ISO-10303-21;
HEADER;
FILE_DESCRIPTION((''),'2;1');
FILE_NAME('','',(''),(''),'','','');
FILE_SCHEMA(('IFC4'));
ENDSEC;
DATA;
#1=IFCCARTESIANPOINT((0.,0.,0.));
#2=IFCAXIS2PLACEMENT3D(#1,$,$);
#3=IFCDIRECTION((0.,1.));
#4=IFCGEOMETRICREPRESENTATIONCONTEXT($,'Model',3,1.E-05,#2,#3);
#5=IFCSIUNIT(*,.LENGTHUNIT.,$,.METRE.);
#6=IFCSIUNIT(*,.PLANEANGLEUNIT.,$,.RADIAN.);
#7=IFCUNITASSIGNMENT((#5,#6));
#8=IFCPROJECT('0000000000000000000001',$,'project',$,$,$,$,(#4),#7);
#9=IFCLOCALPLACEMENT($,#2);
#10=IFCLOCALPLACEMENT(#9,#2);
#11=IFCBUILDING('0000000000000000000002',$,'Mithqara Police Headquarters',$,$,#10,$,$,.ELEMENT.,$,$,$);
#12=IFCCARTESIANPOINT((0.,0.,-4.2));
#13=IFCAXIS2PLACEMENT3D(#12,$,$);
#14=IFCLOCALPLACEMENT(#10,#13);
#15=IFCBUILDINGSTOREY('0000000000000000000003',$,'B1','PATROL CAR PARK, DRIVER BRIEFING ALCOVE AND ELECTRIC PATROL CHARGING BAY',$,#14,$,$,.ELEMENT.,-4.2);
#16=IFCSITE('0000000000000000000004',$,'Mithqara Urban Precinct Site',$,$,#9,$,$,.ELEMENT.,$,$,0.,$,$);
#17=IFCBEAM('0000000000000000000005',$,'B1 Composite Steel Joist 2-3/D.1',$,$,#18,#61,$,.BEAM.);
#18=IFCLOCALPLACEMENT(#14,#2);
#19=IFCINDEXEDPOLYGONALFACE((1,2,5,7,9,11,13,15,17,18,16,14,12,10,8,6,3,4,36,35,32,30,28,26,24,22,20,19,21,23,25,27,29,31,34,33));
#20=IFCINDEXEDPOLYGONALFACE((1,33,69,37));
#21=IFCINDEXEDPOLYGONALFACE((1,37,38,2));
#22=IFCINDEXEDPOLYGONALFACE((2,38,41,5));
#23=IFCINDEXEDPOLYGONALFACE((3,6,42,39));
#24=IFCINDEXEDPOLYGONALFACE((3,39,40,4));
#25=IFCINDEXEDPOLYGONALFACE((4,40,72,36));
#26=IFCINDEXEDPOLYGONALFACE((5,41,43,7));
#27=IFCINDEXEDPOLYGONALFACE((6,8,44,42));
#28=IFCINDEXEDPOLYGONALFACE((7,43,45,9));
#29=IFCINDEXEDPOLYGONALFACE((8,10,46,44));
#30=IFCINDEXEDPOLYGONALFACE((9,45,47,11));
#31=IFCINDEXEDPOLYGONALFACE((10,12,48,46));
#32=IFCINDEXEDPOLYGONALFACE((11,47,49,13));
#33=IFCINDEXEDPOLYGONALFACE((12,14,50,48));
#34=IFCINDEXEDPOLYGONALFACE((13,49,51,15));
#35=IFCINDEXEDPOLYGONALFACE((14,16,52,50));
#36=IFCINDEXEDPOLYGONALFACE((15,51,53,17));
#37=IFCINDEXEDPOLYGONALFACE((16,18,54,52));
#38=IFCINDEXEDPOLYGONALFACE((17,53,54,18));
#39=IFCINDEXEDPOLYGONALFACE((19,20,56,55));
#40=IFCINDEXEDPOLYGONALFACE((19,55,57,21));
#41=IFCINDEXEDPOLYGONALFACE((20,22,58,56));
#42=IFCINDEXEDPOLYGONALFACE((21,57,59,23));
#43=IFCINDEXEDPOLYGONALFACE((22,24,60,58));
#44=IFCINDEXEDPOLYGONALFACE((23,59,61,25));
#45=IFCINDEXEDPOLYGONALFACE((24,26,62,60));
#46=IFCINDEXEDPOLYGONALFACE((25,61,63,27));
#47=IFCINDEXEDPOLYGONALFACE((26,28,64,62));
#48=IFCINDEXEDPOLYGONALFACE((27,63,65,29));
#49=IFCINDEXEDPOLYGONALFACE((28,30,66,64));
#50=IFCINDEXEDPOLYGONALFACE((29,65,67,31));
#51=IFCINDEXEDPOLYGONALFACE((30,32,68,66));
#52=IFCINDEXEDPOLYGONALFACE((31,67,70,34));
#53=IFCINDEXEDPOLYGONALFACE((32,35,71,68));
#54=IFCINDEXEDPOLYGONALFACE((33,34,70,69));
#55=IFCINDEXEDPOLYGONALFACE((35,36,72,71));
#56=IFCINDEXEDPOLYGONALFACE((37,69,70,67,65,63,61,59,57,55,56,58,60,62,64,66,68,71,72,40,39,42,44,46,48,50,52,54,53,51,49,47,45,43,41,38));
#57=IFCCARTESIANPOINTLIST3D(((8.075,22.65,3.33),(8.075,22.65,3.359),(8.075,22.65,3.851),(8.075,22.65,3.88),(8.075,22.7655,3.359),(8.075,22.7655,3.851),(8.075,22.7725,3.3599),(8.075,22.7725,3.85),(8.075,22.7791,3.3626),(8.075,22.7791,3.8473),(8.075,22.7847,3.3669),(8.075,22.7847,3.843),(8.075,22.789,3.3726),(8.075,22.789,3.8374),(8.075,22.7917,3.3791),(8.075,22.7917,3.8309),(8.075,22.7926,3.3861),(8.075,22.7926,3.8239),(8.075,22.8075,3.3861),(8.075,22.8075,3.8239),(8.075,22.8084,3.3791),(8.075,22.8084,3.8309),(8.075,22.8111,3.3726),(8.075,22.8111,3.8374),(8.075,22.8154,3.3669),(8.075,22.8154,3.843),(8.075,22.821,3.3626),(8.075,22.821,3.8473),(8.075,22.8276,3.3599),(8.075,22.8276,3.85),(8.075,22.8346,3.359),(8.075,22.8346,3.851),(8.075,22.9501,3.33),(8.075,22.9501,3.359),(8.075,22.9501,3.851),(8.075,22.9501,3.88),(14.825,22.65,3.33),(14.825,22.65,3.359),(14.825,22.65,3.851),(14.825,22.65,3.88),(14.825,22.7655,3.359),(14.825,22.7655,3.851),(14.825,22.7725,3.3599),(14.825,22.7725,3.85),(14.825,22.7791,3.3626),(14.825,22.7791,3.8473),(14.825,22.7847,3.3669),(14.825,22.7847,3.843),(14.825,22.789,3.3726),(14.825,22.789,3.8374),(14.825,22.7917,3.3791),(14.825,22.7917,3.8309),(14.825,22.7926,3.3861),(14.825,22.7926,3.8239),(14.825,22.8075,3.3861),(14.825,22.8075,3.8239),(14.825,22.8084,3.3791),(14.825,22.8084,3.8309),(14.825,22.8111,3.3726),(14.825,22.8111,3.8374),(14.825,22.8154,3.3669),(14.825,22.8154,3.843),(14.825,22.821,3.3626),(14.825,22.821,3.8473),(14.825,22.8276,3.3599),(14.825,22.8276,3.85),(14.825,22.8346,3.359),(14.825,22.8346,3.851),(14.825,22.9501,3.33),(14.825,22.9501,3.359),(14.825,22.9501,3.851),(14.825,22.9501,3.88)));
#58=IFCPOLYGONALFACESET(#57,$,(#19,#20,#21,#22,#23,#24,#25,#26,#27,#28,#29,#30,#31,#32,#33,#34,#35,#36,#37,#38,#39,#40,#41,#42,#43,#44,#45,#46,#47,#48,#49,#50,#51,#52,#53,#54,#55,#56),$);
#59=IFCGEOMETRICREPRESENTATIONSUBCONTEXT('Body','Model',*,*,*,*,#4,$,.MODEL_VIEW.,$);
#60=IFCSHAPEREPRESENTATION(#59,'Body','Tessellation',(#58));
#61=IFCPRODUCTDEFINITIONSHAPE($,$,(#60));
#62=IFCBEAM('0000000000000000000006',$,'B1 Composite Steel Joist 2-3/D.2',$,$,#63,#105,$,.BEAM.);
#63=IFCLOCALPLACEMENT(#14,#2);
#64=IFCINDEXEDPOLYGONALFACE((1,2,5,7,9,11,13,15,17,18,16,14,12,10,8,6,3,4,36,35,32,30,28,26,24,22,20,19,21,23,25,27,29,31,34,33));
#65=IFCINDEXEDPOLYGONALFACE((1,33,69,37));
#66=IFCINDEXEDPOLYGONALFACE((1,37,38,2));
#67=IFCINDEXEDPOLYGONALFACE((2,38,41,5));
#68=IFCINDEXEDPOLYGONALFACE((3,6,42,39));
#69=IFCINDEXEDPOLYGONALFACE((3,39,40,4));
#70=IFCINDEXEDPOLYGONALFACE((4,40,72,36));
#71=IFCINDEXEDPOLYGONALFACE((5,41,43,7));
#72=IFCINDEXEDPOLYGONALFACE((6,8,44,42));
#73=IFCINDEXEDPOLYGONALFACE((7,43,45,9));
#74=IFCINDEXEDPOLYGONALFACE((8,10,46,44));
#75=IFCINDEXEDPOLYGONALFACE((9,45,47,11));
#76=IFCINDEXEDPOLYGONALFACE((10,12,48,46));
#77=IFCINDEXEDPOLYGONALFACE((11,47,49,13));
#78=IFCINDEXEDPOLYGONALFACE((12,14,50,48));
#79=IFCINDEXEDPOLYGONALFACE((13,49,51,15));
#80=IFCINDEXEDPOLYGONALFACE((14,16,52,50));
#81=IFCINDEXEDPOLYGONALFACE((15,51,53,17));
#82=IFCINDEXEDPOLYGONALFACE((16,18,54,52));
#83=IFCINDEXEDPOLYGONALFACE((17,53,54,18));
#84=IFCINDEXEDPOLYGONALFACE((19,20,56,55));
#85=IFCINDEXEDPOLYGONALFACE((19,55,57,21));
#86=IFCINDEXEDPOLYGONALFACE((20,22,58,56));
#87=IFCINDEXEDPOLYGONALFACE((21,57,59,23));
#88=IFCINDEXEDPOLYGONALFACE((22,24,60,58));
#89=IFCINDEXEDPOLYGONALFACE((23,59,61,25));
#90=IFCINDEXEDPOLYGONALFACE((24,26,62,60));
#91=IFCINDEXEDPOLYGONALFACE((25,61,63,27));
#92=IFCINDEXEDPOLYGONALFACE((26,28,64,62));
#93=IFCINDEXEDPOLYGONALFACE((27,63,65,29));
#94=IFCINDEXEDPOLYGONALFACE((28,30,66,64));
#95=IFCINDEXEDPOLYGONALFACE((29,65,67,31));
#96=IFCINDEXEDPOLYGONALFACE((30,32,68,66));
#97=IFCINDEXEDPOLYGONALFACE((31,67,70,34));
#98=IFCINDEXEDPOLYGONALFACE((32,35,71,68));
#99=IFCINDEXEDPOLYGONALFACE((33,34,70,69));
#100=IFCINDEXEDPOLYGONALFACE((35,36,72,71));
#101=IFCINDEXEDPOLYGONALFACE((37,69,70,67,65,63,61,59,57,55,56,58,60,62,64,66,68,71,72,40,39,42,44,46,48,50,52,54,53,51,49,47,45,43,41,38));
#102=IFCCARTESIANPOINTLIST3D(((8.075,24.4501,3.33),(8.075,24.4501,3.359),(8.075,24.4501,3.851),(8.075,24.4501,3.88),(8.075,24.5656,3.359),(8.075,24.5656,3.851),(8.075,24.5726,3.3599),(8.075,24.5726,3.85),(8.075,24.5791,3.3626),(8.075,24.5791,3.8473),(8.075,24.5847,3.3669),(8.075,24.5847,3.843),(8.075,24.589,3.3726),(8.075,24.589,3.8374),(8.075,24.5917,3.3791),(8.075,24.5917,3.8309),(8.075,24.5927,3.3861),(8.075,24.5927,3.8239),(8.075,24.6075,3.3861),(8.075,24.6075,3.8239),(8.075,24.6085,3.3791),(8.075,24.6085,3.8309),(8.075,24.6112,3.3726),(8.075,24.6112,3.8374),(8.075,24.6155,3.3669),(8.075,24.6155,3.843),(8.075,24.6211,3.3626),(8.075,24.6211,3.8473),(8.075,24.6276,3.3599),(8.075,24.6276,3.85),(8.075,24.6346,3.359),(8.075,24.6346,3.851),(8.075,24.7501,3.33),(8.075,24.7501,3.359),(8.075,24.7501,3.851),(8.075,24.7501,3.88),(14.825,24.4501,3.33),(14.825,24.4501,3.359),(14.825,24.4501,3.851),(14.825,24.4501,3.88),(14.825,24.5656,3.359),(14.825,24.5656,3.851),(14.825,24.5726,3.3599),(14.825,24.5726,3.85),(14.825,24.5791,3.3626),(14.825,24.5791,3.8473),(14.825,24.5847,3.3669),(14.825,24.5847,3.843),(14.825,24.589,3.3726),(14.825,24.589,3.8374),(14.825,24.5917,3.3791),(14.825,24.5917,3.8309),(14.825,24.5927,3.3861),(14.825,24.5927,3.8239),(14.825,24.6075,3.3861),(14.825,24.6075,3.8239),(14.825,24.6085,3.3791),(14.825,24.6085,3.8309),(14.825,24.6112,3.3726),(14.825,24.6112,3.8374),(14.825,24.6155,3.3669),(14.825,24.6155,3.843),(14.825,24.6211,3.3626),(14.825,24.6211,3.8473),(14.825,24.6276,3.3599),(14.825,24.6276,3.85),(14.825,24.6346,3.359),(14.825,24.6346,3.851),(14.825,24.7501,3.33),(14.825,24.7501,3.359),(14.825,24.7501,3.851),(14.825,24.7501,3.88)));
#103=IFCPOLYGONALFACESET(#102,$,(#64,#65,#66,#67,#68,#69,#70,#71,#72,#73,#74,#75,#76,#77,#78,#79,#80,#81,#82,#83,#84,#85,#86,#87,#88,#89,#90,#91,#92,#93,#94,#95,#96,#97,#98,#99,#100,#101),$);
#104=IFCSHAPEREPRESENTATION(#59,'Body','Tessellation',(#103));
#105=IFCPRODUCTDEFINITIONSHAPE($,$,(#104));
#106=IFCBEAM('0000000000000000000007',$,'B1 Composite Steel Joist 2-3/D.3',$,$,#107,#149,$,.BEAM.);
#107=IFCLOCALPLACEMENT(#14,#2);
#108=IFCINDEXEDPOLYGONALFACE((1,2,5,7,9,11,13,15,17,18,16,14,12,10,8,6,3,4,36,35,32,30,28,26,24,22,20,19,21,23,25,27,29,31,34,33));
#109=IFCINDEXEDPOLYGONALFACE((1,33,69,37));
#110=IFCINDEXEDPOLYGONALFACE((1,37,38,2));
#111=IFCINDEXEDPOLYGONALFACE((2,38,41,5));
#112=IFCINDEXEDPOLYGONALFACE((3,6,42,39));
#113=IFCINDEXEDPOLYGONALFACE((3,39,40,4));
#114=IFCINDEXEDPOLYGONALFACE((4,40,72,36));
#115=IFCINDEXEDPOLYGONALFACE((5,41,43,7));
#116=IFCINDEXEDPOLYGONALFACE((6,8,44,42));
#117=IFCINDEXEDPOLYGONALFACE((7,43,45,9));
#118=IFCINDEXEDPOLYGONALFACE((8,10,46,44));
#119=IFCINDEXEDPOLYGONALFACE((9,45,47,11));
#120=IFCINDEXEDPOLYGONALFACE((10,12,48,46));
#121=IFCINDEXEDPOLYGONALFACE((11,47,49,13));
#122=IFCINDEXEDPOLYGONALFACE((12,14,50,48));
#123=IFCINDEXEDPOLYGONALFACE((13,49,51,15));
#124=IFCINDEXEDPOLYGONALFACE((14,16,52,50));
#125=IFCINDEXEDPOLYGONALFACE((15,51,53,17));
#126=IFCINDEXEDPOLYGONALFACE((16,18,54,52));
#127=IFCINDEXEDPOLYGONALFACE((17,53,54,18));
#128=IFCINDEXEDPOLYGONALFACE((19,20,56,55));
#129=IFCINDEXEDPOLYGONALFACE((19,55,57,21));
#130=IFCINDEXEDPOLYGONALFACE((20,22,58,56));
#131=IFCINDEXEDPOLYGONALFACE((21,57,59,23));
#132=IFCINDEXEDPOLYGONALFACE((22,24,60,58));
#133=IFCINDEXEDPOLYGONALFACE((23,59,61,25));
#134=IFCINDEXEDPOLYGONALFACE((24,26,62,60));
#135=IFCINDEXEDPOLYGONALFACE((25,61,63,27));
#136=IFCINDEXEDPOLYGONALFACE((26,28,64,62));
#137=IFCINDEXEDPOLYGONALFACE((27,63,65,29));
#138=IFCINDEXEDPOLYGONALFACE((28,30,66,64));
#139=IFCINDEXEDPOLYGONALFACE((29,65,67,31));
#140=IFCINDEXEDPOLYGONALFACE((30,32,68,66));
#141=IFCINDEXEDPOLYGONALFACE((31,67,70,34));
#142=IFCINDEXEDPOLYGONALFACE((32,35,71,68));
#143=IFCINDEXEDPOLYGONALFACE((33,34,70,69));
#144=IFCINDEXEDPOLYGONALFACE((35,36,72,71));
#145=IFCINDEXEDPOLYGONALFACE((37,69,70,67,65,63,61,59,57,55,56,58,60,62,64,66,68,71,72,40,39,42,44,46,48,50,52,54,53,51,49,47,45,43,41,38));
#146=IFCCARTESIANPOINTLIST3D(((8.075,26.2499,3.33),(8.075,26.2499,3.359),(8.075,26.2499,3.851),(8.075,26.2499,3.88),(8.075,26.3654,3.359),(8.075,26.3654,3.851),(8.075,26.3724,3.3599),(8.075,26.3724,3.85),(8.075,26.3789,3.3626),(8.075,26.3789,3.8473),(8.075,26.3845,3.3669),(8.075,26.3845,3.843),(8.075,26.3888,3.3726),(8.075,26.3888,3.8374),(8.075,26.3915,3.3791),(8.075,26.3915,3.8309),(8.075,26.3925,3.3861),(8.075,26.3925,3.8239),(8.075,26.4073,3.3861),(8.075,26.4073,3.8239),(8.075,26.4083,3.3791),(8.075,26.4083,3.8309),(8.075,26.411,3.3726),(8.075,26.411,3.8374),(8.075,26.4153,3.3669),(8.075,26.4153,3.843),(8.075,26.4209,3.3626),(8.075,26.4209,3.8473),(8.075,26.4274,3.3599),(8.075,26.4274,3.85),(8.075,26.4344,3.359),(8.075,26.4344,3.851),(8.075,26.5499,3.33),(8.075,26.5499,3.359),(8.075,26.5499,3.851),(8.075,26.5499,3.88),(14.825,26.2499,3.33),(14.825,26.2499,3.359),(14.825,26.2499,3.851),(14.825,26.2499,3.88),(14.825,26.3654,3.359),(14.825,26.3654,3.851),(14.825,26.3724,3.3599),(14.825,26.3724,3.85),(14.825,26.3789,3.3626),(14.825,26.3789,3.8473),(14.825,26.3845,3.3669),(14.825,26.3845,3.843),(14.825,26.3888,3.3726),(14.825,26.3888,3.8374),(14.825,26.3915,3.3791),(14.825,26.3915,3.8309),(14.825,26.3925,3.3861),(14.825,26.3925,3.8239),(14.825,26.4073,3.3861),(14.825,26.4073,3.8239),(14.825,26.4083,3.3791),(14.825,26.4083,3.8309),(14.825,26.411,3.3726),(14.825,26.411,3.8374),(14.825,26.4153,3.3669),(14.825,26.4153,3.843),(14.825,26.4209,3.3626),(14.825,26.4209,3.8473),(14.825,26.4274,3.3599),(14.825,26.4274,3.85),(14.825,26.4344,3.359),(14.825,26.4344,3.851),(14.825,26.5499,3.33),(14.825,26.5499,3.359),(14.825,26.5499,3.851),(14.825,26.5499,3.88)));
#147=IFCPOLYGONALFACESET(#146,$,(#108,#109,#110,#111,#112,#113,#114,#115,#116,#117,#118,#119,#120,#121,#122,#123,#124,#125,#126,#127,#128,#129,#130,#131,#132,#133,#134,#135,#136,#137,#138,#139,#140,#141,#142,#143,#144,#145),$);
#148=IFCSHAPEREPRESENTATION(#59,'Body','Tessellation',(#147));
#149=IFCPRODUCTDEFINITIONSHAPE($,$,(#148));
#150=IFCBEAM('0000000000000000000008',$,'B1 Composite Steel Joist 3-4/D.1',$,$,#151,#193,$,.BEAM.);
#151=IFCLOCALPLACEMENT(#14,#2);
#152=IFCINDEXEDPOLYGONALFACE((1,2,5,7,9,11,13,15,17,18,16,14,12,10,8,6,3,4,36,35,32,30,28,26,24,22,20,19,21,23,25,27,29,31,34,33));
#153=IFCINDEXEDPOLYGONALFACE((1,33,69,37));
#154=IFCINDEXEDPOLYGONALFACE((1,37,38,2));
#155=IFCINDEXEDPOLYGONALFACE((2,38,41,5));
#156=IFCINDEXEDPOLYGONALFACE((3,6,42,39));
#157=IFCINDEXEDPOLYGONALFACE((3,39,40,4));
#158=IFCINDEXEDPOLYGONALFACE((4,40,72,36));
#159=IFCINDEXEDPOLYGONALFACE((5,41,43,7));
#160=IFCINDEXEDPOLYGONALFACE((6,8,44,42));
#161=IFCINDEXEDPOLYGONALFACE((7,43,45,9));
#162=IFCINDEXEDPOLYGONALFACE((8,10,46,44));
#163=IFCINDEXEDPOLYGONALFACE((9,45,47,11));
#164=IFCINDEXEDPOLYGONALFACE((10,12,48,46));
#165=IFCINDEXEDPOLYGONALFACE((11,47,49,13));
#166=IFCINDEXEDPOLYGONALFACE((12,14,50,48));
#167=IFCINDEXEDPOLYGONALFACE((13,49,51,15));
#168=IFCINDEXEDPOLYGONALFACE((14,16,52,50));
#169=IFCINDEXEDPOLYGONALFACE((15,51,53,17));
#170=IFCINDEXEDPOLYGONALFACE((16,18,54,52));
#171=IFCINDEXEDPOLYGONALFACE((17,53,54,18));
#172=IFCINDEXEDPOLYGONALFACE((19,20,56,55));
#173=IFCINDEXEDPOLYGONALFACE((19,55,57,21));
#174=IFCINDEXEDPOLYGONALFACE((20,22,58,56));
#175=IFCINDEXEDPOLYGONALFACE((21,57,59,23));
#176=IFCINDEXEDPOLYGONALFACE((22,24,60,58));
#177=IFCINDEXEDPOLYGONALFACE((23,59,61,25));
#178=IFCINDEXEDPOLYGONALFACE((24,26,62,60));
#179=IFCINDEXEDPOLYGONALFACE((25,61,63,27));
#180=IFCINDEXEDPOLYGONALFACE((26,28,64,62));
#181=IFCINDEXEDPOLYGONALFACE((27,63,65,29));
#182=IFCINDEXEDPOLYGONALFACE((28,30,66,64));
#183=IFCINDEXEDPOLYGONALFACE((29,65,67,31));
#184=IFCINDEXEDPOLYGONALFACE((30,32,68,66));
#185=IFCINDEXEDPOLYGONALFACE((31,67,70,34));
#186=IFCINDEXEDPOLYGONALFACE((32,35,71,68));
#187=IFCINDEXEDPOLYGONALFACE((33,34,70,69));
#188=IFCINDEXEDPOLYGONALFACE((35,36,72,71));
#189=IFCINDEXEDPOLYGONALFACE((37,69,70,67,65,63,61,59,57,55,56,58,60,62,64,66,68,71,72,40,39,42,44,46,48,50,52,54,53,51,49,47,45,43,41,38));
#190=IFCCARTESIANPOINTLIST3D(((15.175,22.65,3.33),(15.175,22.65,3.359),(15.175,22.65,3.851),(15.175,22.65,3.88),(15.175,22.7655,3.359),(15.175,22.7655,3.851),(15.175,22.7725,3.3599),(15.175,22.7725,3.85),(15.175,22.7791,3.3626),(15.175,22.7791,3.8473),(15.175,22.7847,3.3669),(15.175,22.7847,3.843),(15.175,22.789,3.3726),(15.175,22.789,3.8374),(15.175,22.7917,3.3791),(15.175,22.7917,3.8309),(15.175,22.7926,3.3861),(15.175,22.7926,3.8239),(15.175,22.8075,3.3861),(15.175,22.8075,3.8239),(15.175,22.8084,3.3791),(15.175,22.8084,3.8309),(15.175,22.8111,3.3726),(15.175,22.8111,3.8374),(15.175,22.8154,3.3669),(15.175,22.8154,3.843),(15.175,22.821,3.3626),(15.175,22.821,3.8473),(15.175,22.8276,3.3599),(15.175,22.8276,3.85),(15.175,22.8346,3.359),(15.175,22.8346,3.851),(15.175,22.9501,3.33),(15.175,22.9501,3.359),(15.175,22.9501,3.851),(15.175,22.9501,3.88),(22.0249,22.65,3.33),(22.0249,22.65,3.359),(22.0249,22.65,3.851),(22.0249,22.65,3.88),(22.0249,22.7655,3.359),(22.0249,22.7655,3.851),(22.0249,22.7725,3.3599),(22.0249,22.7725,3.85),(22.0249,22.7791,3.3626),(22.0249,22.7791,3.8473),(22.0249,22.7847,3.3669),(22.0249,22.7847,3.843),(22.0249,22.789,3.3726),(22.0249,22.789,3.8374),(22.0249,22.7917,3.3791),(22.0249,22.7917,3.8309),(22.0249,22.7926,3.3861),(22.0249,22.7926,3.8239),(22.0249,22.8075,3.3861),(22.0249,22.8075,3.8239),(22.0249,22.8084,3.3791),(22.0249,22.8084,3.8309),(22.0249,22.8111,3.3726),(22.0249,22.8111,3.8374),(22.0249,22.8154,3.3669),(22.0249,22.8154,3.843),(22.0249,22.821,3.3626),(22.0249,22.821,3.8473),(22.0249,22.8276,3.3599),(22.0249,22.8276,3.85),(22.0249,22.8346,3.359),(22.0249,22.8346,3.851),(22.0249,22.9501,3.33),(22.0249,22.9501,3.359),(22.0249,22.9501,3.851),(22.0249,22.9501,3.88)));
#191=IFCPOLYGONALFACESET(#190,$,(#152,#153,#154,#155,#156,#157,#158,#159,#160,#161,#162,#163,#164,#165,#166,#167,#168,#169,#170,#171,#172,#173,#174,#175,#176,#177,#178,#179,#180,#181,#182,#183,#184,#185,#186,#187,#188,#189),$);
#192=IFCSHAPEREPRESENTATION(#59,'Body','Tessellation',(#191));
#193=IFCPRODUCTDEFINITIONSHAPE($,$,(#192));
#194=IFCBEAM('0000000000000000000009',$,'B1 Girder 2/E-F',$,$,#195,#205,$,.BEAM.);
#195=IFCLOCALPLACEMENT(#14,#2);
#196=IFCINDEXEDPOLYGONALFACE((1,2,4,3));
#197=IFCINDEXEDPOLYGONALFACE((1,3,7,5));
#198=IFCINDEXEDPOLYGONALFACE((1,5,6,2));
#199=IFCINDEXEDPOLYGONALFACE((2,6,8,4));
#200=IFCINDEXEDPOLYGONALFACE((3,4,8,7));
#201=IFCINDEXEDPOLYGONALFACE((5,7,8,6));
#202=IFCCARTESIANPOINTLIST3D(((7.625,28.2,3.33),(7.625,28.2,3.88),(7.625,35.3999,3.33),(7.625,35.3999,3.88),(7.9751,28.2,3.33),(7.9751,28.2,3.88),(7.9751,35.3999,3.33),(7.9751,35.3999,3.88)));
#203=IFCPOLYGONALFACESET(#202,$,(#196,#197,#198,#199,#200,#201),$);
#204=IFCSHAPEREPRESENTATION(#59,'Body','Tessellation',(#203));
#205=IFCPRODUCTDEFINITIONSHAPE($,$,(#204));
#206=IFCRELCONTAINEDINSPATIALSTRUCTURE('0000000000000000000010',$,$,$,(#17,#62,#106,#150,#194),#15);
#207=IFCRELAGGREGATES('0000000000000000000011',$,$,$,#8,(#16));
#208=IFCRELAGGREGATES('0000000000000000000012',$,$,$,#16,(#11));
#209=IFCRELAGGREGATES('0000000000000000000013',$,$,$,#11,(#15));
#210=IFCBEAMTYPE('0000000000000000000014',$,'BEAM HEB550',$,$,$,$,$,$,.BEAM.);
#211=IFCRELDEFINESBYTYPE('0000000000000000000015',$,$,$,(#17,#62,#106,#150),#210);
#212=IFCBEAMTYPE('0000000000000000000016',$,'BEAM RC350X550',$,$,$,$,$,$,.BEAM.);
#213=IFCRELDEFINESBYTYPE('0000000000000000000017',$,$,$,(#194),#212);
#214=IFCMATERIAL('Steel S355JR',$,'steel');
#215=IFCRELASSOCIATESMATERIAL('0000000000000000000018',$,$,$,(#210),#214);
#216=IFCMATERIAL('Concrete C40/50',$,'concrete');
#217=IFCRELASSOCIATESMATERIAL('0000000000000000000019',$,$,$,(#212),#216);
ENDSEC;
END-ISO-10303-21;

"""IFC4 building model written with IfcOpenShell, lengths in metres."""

from ifc_helpers import new_model, si_unit, direction, frame, origin, origin_2d, place, context, subcontext, project, spatial, rectangle, i_section, extrude, material, material_profile, profile_set, type_object, element, save


model = new_model("IFC4")

# Units and contexts
model_context = context("Model", 3, precision=1e-05, world=origin(), true_north=direction((0.0, 1.0)))
body_context = subcontext(model_context, "Body", "Model", "MODEL_VIEW")
ifc_project = project(units=[si_unit("LENGTHUNIT", "METRE"), si_unit("PLANEANGLEUNIT", "RADIAN")], contexts=[model_context])

# Site, building, storey
site_placement = place(None, origin())
site = spatial("IfcSite", under=ifc_project, at=site_placement, Name="Mithqara Urban Precinct Site", CompositionType="ELEMENT", RefElevation=0.0)
building_placement = place(site_placement, origin())
building = spatial("IfcBuilding", under=site, at=building_placement, Name="Mithqara Police Headquarters", CompositionType="ELEMENT")
storey_placement = place(building_placement, frame((0.0, 0.0, -4.2)))
storey = spatial("IfcBuildingStorey", under=building, at=storey_placement, Name="B1", Description="PATROL CAR PARK, DRIVER BRIEFING ALCOVE AND ELECTRIC PATROL CHARGING BAY", CompositionType="ELEMENT", Elevation=-4.2)

# Shared definitions
ifc_material_1 = material(Name="Concrete C40/50", Category="concrete")

# Beams
ifc_material_2 = material(Name="Steel S355JR", Category="steel")
ifc_material_profile_1 = material_profile(ifc_material_2, i_section(OverallWidth=0.3, OverallDepth=0.55, WebThickness=0.0149, FlangeThickness=0.0291, FilletRadius=0.0271, at=origin_2d()), Name="HEB 550")
ifc_profile_set_1 = profile_set([ifc_material_profile_1], Name="Steel S355JR")
beam_type_1 = type_object("IfcBeamType", Name="BEAM HEB550", PredefinedType="BEAM", material=ifc_profile_set_1)
for number, where, z_axis, x_axis, name in (
    (1, (8.075, 22.8, 3.605), (1.0, 0.0, 0.0), (0.0, 1.0, 0.0), "B1 Composite Steel Joist 2-3/D.1"),
    (2, (8.075, 24.6001, 3.605), (1.0, 0.0, 0.0), (0.0, 1.0, 0.0), "B1 Composite Steel Joist 2-3/D.2"),
    (3, (8.075, 26.3999, 3.605), (1.0, 0.0, 0.0), (0.0, 1.0, 0.0), "B1 Composite Steel Joist 2-3/D.3"),
):
    element("IfcBeam", number, at=place(storey_placement, frame(where, z_axis=z_axis, x_axis=x_axis)), inside=storey, type_object=beam_type_1, Name=name, PredefinedType="BEAM", context=body_context, shape_type="SweptSolid", body=[
        extrude(i_section(OverallWidth=0.3, OverallDepth=0.55, WebThickness=0.0149, FlangeThickness=0.0291, FilletRadius=0.0271, at=origin_2d()), origin(), (0.0, 0.0, 1.0), 6.75),
    ])
beam_1_placement = place(storey_placement, frame((15.175, 22.8, 3.605), z_axis=(1.0, 0.0, 0.0), x_axis=(0.0, 1.0, 0.0)))
element("IfcBeam", 4, at=beam_1_placement, inside=storey, type_object=beam_type_1, Name="B1 Composite Steel Joist 3-4/D.1", PredefinedType="BEAM", context=body_context, shape_type="SweptSolid", body=[
    extrude(i_section(OverallWidth=0.3, OverallDepth=0.55, WebThickness=0.0149, FlangeThickness=0.0291, FilletRadius=0.0271, at=origin_2d()), origin(), (0.0, 0.0, 1.0), 6.8499),
])
ifc_material_profile_2 = material_profile(ifc_material_1, rectangle(XDim=0.3501, YDim=0.55, at=origin_2d()), Name="RC 350x550")
ifc_profile_set_2 = profile_set([ifc_material_profile_2], Name="Concrete C40/50")
beam_type_2 = type_object("IfcBeamType", Name="BEAM RC350X550", PredefinedType="BEAM", material=ifc_profile_set_2)
for number, where, z_axis, x_axis, name in (
    (5, (7.8, 28.2, 3.605), (0.0, 1.0, 0.0), (-1.0, 0.0, 0.0), "B1 Girder 2/E-F"),
):
    element("IfcBeam", number, at=place(storey_placement, frame(where, z_axis=z_axis, x_axis=x_axis)), inside=storey, type_object=beam_type_2, Name=name, PredefinedType="BEAM", context=body_context, shape_type="SweptSolid", body=[
        extrude(rectangle(XDim=0.3501, YDim=0.55, at=origin_2d()), origin(), (0.0, 0.0, 1.0), 7.2),
    ])

save(model, "model.ifc")
